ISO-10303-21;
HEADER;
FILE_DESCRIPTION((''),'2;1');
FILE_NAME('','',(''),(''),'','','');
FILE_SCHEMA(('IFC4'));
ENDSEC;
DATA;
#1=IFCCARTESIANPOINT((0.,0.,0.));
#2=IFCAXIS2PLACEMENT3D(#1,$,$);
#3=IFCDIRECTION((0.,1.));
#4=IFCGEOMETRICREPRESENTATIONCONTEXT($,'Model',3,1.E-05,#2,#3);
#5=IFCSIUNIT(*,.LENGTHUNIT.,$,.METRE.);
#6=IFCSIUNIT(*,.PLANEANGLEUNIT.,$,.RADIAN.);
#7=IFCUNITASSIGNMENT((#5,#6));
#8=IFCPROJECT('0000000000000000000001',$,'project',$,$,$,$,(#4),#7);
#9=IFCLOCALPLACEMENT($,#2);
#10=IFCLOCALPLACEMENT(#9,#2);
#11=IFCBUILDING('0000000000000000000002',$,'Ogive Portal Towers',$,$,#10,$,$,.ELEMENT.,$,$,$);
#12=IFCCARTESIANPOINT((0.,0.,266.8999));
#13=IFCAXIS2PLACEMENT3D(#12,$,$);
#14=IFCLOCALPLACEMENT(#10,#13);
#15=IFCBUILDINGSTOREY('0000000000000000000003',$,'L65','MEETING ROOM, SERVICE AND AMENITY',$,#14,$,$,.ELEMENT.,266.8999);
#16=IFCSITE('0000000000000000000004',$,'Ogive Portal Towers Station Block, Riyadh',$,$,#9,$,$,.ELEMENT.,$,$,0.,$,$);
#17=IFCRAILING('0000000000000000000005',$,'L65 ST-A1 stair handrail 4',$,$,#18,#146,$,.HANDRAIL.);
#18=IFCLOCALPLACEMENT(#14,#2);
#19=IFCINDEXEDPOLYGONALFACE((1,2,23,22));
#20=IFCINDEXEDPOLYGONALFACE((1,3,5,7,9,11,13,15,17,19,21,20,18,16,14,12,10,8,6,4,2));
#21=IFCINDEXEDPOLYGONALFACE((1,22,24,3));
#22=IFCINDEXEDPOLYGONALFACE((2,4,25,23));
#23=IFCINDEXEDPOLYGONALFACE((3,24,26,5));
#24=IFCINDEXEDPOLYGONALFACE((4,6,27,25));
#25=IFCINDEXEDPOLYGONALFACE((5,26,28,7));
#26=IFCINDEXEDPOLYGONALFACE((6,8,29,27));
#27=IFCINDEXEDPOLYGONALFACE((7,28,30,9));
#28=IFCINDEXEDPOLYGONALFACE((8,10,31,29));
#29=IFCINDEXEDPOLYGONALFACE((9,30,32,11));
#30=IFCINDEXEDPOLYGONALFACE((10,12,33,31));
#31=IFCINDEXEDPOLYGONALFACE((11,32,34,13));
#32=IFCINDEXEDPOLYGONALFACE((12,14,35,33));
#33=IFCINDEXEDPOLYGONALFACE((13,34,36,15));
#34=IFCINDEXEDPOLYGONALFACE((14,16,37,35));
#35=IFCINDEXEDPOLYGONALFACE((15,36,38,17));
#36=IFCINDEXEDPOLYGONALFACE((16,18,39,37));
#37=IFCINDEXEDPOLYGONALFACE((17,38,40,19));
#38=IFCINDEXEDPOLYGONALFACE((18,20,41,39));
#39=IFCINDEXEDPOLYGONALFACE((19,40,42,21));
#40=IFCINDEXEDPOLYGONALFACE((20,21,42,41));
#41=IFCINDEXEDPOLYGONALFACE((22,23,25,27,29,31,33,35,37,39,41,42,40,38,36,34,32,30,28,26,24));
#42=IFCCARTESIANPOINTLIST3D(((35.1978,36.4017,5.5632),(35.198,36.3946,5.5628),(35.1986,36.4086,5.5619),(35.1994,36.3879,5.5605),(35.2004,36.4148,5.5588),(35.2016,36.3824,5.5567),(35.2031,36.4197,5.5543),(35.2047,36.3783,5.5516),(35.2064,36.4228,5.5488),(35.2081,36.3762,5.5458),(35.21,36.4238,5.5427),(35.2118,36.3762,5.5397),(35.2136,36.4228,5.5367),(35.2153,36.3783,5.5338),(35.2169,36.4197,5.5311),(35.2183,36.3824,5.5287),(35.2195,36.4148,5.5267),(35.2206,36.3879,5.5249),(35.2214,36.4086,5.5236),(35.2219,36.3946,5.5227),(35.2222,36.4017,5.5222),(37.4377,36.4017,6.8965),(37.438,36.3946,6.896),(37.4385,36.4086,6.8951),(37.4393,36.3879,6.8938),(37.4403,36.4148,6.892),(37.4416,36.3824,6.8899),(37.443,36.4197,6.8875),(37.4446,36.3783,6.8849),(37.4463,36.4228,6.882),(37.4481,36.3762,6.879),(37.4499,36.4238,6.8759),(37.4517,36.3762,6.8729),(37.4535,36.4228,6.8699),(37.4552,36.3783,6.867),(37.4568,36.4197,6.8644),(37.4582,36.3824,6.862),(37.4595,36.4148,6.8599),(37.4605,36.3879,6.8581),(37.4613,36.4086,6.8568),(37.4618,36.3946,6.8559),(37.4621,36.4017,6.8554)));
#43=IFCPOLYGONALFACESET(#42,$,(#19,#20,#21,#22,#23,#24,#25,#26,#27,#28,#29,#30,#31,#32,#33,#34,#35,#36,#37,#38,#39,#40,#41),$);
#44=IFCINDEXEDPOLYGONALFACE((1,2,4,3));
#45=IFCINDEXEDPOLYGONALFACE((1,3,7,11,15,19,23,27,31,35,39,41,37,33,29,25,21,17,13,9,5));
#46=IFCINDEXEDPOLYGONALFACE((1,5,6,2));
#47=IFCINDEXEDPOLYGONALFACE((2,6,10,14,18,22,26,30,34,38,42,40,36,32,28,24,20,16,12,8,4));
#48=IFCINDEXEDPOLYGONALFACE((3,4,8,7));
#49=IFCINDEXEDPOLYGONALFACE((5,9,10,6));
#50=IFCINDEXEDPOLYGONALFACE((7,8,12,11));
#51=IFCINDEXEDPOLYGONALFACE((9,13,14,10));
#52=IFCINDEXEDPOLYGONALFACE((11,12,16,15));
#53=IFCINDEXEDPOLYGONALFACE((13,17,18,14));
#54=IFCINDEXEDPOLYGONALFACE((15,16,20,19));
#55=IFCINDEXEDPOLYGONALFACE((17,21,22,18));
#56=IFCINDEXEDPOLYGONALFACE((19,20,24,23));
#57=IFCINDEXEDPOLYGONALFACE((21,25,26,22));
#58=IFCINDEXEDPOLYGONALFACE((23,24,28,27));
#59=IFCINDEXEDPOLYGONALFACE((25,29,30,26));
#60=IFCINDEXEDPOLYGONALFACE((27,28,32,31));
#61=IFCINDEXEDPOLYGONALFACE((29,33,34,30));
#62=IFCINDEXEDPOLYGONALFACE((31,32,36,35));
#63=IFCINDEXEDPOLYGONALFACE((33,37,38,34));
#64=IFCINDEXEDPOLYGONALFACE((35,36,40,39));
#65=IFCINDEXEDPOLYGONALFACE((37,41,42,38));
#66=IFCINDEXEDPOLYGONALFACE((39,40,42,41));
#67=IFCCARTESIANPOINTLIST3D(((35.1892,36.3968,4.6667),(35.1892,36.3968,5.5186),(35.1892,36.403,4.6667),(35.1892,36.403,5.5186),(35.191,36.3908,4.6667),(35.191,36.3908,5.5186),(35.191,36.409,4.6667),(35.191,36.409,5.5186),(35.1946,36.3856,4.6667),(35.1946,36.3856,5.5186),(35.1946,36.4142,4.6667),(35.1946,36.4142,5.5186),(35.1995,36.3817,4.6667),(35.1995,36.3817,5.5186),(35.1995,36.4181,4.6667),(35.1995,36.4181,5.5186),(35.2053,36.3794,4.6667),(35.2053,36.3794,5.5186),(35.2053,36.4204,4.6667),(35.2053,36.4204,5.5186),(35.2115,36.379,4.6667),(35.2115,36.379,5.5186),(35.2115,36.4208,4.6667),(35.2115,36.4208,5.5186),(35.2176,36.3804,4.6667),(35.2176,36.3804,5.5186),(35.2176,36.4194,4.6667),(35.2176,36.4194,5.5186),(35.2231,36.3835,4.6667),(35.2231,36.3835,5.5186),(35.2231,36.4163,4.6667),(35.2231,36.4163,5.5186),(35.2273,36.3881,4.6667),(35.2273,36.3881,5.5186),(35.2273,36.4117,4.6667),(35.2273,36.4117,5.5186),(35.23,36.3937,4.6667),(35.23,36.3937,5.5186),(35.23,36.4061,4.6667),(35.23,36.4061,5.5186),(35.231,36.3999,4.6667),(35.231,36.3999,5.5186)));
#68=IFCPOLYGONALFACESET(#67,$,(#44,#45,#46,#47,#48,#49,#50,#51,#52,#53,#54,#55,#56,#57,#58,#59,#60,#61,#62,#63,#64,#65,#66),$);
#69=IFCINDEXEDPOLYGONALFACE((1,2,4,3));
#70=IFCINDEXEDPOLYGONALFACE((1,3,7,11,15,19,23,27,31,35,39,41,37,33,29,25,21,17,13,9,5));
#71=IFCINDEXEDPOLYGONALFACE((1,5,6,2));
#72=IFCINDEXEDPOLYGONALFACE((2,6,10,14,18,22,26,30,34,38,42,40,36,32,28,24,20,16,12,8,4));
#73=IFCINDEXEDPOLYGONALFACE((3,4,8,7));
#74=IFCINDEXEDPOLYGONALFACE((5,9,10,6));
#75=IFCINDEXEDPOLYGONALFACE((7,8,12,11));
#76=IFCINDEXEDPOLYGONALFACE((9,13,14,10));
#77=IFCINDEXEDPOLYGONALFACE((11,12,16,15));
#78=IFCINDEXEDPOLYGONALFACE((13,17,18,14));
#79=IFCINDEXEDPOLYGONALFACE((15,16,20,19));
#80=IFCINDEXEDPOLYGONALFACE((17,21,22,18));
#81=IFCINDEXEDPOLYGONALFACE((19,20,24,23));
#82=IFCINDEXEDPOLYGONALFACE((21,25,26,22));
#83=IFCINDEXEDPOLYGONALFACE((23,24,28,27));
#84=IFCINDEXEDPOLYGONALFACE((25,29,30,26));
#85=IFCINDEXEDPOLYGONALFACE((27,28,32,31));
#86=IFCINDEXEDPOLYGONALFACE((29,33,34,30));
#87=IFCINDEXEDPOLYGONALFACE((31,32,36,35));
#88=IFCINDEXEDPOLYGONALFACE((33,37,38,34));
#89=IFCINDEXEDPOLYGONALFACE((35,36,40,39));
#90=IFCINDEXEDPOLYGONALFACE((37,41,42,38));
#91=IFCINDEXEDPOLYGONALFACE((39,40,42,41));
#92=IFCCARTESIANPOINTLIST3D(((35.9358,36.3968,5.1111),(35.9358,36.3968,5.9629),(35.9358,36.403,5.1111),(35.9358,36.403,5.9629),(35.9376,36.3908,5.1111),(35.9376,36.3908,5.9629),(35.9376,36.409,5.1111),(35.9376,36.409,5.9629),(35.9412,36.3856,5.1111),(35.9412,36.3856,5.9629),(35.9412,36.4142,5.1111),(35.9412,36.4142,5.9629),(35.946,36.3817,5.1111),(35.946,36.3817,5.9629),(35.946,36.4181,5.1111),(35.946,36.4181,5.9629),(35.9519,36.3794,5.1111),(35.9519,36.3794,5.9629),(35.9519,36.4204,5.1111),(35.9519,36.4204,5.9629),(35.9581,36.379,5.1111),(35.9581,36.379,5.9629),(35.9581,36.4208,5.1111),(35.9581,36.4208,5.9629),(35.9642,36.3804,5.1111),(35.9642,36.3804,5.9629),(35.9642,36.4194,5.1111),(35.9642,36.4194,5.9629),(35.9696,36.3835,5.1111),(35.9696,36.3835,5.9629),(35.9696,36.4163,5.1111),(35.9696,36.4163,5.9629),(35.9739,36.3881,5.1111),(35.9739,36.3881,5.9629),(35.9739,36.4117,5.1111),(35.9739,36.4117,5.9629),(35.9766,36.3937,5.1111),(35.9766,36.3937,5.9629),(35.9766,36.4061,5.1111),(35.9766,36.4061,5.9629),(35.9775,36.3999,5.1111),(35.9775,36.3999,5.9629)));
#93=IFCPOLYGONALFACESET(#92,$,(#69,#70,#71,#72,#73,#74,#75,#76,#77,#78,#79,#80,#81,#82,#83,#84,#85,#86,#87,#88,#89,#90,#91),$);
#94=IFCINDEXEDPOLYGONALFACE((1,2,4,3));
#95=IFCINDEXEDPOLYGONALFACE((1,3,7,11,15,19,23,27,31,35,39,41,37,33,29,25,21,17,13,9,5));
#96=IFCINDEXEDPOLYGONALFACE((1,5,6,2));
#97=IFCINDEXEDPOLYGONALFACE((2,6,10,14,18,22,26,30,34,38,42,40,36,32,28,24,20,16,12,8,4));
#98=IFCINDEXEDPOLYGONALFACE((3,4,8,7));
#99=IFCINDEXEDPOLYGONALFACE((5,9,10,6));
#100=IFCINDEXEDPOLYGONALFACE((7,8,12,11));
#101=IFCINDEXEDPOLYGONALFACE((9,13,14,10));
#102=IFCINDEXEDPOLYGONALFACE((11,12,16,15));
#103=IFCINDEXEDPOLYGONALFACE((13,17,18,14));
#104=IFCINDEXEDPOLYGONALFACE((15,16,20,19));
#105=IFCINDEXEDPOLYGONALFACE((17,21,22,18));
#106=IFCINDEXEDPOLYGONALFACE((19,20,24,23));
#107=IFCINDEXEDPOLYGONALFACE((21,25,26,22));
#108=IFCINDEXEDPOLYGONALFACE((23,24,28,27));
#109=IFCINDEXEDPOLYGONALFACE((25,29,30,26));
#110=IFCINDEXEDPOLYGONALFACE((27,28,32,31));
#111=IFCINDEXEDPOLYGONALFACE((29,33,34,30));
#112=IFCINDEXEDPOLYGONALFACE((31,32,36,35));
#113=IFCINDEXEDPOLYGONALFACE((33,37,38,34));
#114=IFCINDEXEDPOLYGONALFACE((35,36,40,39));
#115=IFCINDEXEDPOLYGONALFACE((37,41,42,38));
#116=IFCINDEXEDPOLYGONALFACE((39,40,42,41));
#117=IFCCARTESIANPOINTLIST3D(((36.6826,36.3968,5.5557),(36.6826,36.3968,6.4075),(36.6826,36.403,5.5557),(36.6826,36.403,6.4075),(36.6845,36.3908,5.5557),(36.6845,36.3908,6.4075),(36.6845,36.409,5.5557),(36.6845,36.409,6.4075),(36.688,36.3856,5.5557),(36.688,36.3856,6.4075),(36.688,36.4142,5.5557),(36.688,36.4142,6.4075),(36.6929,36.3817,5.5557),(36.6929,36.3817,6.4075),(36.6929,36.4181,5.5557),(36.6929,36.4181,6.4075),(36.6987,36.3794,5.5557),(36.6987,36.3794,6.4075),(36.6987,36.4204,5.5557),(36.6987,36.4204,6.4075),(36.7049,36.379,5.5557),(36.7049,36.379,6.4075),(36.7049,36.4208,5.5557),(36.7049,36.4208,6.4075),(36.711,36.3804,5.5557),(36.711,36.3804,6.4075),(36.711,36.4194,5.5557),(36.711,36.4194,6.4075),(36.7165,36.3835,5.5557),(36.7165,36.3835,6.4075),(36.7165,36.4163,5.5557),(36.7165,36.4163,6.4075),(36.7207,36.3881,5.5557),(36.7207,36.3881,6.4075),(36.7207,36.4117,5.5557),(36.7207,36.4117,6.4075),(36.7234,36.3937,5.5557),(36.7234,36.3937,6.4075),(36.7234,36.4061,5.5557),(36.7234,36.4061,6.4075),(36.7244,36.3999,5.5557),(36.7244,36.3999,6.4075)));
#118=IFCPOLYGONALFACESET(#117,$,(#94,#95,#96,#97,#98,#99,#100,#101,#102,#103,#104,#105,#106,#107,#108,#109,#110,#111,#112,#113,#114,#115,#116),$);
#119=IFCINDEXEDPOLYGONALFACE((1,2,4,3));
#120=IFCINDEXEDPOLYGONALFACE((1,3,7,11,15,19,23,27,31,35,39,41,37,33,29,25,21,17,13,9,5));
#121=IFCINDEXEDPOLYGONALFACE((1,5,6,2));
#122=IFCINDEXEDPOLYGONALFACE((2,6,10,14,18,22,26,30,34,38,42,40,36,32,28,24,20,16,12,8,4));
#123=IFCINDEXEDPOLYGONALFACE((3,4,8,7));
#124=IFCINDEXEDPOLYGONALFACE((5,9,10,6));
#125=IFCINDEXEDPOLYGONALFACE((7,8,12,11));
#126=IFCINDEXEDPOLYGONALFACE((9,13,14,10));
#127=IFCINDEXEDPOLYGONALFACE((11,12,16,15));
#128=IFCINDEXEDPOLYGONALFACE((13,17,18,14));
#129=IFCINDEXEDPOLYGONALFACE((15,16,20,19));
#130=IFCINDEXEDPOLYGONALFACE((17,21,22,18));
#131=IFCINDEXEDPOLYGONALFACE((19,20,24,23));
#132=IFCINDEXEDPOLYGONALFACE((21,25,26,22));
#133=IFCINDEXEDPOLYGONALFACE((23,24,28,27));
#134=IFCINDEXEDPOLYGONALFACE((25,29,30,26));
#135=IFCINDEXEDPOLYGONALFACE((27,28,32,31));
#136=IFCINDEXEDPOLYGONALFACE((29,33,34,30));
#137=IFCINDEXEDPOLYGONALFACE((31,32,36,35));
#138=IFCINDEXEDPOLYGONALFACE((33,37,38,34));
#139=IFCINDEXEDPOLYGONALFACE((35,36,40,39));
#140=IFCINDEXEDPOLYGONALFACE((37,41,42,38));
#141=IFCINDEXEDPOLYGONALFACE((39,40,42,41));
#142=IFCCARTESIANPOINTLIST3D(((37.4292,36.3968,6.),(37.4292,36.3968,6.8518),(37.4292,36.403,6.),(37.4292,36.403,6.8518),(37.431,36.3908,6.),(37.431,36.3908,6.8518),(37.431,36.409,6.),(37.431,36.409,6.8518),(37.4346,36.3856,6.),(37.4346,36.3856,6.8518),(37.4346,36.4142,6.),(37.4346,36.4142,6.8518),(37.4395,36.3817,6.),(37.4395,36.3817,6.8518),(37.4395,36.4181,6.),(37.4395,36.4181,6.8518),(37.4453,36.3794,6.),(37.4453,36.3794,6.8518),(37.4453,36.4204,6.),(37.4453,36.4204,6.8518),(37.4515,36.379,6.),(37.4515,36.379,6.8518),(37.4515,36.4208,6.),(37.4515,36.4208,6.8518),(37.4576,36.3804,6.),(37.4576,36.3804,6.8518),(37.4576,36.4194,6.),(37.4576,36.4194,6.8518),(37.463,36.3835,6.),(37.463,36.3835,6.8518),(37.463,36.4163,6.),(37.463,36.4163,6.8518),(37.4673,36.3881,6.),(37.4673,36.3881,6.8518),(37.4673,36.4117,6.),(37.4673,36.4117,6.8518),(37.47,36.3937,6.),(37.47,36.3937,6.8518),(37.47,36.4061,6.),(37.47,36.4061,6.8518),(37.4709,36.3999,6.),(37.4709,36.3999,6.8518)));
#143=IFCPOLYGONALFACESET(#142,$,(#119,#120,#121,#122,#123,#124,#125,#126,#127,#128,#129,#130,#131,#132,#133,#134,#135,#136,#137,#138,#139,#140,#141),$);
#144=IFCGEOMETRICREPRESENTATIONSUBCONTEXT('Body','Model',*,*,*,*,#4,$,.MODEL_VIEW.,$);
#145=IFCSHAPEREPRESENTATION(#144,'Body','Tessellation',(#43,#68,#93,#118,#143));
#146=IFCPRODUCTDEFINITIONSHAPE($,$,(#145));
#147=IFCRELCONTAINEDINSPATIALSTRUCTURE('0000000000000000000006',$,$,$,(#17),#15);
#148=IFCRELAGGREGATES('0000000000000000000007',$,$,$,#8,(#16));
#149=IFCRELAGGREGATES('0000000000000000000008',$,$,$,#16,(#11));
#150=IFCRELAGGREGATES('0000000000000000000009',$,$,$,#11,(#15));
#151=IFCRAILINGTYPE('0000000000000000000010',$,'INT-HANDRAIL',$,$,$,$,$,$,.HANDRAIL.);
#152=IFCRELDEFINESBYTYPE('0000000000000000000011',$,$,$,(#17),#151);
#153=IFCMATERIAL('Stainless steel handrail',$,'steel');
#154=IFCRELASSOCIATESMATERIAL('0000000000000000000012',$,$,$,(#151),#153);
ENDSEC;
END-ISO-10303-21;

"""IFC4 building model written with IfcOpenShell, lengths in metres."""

from ifc_helpers import new_model, si_unit, direction, frame, origin, origin_2d, place, context, subcontext, project, spatial, circle, extrude, material, type_object, element, save


model = new_model("IFC4")

# Units and contexts
model_context = context("Model", 3, precision=1e-05, world=origin(), true_north=direction((0.0, 1.0)))
body_context = subcontext(model_context, "Body", "Model", "MODEL_VIEW")
ifc_project = project(units=[si_unit("LENGTHUNIT", "METRE"), si_unit("PLANEANGLEUNIT", "RADIAN")], contexts=[model_context])

# Site, building, storey
site_placement = place(None, origin())
site = spatial("IfcSite", under=ifc_project, at=site_placement, Name="Ogive Portal Towers Station Block, Riyadh", CompositionType="ELEMENT", RefElevation=0.0)
building_placement = place(site_placement, origin())
building = spatial("IfcBuilding", under=site, at=building_placement, Name="Ogive Portal Towers", CompositionType="ELEMENT")
storey_placement = place(building_placement, frame((0.0, 0.0, 266.8999)))
storey = spatial("IfcBuildingStorey", under=building, at=storey_placement, Name="L65", Description="MEETING ROOM, SERVICE AND AMENITY", CompositionType="ELEMENT", Elevation=266.8999)

# Railing
ifc_material_1 = material(Name="Stainless steel handrail", Category="steel")
railing_type = type_object("IfcRailingType", Name="INT-HANDRAIL", PredefinedType="HANDRAIL", material=ifc_material_1)
for number, where, name in (
    (1, (35.21, 36.3999, 4.6667), "L65 ST-A1 stair handrail 4"),
):
    element("IfcRailing", number, at=place(storey_placement, frame(where)), inside=storey, type_object=railing_type, Name=name, PredefinedType="HANDRAIL", context=body_context, shape_type="SweptSolid", body=[
        extrude(circle(Radius=0.0239, at=origin_2d()), frame((0.0, 0.0, 0.876), z_axis=(0.859306, 0.0, 0.511462), x_axis=(0.0, 1.0, 0.0)), (0.0, 0.0, 1.0), 2.6067),
        extrude(circle(Radius=0.021, at=origin_2d()), origin(), (0.0, 0.0, 1.0), 0.8518),
        extrude(circle(Radius=0.021, at=origin_2d()), frame((0.7466, 0.0, 0.4443)), (0.0, 0.0, 1.0), 0.8518),
        extrude(circle(Radius=0.021, at=origin_2d()), frame((1.4934, 0.0, 0.8889)), (0.0, 0.0, 1.0), 0.8518),
        extrude(circle(Radius=0.021, at=origin_2d()), frame((2.24, 0.0, 1.3333)), (0.0, 0.0, 1.0), 0.8518),
    ])

save(model, "model.ifc")
